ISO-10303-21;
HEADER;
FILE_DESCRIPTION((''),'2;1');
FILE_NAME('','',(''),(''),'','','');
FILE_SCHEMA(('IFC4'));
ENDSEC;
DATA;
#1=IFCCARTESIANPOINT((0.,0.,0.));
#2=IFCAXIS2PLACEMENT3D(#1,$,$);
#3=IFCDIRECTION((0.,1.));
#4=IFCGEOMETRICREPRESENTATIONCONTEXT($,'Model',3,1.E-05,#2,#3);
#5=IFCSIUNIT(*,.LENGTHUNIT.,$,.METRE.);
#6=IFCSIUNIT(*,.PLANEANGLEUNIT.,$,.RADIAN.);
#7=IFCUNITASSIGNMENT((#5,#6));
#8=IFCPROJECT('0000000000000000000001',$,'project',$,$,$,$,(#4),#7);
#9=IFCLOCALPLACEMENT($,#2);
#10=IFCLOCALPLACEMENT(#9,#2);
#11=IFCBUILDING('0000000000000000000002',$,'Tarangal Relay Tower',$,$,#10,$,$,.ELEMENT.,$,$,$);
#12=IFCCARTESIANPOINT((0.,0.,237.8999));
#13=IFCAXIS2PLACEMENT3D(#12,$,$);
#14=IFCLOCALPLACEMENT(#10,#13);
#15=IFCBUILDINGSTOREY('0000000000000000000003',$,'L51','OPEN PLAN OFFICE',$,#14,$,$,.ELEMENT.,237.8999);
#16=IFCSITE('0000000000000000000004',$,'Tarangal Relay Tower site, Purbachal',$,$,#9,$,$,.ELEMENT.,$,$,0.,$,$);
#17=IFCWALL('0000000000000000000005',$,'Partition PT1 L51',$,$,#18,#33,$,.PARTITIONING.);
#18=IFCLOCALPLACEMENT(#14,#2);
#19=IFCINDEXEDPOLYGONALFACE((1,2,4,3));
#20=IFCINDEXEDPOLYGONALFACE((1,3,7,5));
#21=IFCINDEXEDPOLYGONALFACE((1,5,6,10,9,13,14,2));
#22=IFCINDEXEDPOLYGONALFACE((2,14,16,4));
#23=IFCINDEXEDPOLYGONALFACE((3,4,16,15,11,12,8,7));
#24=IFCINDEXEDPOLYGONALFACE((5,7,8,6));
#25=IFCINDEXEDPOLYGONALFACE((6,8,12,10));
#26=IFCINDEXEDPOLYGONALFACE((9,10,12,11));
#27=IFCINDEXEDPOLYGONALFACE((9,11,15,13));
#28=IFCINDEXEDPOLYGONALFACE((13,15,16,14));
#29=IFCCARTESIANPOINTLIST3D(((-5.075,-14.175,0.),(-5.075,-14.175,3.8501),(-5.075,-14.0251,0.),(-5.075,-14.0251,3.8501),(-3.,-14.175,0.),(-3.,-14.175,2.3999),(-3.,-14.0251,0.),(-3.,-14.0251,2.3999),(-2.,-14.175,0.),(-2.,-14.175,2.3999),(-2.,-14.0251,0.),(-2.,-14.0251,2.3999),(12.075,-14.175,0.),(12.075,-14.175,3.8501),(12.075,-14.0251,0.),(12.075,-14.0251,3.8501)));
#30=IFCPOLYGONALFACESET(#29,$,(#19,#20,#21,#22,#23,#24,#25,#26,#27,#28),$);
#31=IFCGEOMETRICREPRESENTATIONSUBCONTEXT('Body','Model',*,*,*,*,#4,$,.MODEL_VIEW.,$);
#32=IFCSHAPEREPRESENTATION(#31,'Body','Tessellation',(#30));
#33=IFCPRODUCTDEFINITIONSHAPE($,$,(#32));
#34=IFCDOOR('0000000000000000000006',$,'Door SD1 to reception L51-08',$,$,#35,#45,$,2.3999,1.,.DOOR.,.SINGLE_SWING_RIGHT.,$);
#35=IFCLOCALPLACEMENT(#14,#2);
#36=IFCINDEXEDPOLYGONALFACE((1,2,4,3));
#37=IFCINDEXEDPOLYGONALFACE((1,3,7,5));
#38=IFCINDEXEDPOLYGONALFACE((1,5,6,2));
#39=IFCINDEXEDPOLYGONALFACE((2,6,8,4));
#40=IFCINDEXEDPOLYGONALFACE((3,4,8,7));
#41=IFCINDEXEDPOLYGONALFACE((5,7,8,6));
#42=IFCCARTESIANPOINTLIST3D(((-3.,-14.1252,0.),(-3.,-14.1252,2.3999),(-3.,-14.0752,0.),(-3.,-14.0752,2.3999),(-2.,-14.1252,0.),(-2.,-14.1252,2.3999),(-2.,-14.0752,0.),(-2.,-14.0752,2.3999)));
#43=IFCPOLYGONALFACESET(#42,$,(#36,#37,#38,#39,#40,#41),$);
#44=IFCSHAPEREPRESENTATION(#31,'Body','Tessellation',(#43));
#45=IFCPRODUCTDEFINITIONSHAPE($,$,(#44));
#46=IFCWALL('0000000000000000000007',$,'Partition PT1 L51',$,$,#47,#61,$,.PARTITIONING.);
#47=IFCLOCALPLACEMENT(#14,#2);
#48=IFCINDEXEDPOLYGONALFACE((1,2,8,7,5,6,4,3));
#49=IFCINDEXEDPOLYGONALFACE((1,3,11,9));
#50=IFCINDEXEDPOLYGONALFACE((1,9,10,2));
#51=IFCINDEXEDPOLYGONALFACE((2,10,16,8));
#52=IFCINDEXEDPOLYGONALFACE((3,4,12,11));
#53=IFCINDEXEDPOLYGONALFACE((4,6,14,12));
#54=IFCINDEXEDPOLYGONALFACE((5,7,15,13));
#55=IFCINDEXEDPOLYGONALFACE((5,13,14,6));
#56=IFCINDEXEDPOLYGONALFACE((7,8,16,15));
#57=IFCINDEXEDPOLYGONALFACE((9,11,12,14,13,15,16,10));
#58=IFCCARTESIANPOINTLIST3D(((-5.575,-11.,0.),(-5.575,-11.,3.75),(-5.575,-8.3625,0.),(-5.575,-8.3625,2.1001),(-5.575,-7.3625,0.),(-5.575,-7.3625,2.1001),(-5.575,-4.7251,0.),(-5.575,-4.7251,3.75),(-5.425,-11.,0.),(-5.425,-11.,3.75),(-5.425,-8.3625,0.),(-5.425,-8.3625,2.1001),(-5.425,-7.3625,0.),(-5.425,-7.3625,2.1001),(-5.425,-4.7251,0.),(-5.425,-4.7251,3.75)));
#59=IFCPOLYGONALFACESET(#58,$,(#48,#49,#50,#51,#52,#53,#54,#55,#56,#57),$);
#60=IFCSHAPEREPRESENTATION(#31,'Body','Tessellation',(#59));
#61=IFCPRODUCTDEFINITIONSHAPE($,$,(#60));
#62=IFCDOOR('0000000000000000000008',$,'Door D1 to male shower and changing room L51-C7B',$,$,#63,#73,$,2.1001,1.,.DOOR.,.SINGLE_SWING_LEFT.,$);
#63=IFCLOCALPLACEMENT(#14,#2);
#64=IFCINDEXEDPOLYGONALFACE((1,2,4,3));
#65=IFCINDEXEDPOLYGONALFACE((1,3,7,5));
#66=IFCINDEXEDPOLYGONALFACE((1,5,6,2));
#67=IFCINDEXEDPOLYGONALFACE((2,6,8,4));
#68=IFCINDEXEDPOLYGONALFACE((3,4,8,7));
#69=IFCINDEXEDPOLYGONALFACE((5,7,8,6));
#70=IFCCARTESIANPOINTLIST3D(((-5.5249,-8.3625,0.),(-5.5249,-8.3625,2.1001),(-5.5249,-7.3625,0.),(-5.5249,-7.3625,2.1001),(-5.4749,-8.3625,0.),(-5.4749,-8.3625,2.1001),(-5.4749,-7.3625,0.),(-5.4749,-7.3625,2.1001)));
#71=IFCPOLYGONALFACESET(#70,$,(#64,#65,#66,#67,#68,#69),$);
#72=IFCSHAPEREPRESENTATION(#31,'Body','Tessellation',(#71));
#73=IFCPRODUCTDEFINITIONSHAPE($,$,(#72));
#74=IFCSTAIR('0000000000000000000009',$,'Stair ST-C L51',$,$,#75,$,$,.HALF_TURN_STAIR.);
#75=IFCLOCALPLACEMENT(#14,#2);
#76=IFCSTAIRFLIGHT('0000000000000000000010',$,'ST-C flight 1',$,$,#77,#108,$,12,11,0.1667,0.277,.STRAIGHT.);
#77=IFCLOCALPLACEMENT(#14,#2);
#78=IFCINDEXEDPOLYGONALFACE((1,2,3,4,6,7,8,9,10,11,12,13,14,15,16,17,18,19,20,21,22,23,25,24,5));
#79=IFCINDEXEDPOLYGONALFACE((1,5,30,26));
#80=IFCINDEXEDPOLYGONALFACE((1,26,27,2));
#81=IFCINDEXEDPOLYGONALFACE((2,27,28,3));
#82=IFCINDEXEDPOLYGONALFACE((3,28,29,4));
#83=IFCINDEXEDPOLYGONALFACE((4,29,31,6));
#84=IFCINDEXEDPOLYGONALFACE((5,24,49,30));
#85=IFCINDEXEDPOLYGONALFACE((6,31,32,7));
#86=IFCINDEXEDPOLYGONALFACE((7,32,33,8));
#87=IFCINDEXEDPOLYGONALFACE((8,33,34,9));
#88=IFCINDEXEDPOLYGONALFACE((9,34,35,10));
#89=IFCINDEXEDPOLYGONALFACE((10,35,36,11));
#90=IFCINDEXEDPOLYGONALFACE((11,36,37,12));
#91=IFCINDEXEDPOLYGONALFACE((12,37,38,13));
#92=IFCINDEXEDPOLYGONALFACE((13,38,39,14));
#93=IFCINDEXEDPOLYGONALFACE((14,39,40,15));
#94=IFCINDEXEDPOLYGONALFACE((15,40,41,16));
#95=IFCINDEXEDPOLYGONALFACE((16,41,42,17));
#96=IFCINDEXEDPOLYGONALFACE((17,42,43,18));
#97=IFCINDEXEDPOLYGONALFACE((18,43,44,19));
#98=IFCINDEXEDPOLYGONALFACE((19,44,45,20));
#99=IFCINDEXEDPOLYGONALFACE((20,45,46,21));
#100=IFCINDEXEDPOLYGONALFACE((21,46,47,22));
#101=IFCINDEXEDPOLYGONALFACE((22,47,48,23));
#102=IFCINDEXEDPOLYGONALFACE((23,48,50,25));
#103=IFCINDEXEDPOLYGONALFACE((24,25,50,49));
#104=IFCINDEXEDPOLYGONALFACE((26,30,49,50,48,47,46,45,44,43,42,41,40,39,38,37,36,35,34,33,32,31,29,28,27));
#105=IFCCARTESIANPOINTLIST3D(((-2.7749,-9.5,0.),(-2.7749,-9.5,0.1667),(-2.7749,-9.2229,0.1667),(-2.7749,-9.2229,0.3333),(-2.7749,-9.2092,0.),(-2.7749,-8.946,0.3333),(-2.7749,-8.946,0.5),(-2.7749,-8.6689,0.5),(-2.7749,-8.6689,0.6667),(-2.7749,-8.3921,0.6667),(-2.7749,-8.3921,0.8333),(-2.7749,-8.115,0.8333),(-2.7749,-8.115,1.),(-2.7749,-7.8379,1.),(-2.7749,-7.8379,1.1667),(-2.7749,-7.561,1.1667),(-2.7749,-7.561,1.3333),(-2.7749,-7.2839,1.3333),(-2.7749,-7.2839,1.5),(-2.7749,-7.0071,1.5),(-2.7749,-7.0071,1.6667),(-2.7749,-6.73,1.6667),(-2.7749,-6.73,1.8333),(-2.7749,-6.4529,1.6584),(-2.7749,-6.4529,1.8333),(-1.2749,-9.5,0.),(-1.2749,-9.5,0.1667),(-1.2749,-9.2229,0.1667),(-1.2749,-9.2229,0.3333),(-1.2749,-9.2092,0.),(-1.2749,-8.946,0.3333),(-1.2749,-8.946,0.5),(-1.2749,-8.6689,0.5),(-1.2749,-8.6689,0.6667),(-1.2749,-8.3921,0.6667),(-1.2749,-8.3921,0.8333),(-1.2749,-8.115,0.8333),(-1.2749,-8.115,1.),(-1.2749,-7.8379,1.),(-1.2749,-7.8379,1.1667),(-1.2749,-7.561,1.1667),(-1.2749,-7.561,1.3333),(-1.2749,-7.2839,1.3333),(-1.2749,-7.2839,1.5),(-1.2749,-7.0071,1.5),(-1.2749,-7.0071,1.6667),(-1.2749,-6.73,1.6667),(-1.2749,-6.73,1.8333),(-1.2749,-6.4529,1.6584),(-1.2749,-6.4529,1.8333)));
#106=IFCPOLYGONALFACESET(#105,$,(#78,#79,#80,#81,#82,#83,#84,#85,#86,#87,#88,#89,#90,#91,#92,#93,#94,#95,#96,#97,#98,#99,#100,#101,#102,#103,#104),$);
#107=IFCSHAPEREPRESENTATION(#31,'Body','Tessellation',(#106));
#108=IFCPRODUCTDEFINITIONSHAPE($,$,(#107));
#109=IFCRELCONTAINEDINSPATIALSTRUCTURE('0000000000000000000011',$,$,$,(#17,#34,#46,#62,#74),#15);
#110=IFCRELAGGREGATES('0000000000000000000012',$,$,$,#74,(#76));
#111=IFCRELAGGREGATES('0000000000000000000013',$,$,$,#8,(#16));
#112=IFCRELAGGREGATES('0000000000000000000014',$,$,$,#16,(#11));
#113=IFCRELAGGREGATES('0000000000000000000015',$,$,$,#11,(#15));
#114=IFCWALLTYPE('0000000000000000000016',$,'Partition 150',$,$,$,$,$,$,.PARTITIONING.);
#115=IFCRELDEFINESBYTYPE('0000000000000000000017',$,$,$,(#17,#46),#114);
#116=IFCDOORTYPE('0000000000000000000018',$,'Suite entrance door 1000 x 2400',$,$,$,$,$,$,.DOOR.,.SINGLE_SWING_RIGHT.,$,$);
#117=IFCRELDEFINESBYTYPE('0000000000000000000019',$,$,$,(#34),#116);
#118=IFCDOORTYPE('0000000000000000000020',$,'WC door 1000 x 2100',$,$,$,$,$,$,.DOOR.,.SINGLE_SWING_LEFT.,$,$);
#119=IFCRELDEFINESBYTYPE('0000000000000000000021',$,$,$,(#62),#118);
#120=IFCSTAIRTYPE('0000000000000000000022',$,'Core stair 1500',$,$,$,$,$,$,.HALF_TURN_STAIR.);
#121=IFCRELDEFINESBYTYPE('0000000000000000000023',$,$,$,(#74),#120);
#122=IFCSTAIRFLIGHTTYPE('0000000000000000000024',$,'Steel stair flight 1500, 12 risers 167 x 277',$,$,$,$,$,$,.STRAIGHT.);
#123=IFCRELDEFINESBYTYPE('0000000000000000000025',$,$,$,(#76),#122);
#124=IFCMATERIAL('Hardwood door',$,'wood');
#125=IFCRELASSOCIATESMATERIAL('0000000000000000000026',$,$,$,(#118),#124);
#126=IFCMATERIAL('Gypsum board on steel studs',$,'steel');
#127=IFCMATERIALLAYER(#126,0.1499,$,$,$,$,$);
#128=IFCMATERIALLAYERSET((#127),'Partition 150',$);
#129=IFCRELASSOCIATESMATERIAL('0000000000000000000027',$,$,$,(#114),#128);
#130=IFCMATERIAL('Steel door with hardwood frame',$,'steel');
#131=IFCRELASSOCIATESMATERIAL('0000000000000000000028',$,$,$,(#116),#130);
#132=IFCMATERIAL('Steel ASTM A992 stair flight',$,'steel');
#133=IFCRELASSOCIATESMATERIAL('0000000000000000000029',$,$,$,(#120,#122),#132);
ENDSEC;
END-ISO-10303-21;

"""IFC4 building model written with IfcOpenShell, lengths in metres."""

from ifc_helpers import new_model, si_unit, direction, frame, frame_2d, origin, place, context, subcontext, project, spatial, polyline, rectangle, outline, extrude, material, layer, layer_set, type_object, element, fill, aggregate, save


model = new_model("IFC4")

# Units and contexts
model_context = context("Model", 3, precision=1e-05, world=origin(), true_north=direction((0.0, 1.0)))
body_context = subcontext(model_context, "Body", "Model", "MODEL_VIEW")
ifc_project = project(units=[si_unit("LENGTHUNIT", "METRE"), si_unit("PLANEANGLEUNIT", "RADIAN")], contexts=[model_context])

# Site, building, storey
site_placement = place(None, origin())
site = spatial("IfcSite", under=ifc_project, at=site_placement, Name="Tarangal Relay Tower site, Purbachal", CompositionType="ELEMENT", RefElevation=0.0)
building_placement = place(site_placement, origin())
building = spatial("IfcBuilding", under=site, at=building_placement, Name="Tarangal Relay Tower", CompositionType="ELEMENT")
storey_placement = place(building_placement, frame((0.0, 0.0, 237.8999)))
storey = spatial("IfcBuildingStorey", under=building, at=storey_placement, Name="L51", Description="OPEN PLAN OFFICE", CompositionType="ELEMENT", Elevation=237.8999)

# Shared definitions
ifc_material_1 = material(Name="Hardwood door", Category="wood")
door_type_1 = type_object("IfcDoorType", Name="WC door 1000 x 2100", OperationType="SINGLE_SWING_LEFT", PredefinedType="DOOR", material=ifc_material_1)

# Walls, openings, doors
ifc_material_2 = material(Name="Steel door with hardwood frame", Category="steel")
ifc_material_3 = material(Name="Gypsum board on steel studs", Category="steel")
ifc_layer_1 = layer(ifc_material_3, 0.1499)
ifc_layer_set_1 = layer_set([ifc_layer_1], Name="Partition 150")
wall_type_1 = type_object("IfcWallType", Name="Partition 150", PredefinedType="PARTITIONING", material=ifc_layer_set_1)
wall_1_placement = place(storey_placement, frame((-5.075, -14.1001, 0.0), z_axis=(0.0, 0.0, 1.0), x_axis=(1.0, 0.0, 0.0)))
wall_1 = element("IfcWall", 1, at=wall_1_placement, inside=storey, type_object=wall_type_1, Name="Partition PT1 L51", PredefinedType="PARTITIONING", context=body_context, shape_type="SweptSolid", body=[
    extrude(rectangle(XDim=17.1499, YDim=0.1499, at=frame_2d((8.575, 0.0))), origin(), (0.0, 0.0, 1.0), 3.8501),
])
opening_1_placement = place(wall_1_placement, frame((2.075, 0.0, 0.0)))
opening_1 = element("IfcOpeningElement", 2, at=opening_1_placement, cuts=wall_1, PredefinedType="OPENING", context=body_context, shape_type="SweptSolid", body=[
    extrude(rectangle(XDim=1.0, YDim=2.3999, at=frame_2d((0.5, 1.2))), frame((0.0, 0.085, 0.0), z_axis=(0.0, -1.0, 0.0), x_axis=(1.0, 0.0, 0.0)), (0.0, 0.0, 1.0), 0.1699),
])
door_type_2 = type_object("IfcDoorType", Name="Suite entrance door 1000 x 2400", OperationType="SINGLE_SWING_RIGHT", PredefinedType="DOOR", material=ifc_material_2)
door_1_placement = place(opening_1_placement, origin())
door_1 = element("IfcDoor", 3, at=door_1_placement, inside=storey, type_object=door_type_2, Name="Door SD1 to reception L51-08", OperationType="SINGLE_SWING_RIGHT", OverallHeight=2.3999, OverallWidth=1.0, PredefinedType="DOOR", context=body_context, shape_type="SweptSolid", body=[
    extrude(rectangle(XDim=1.0, YDim=2.3999, at=frame_2d((0.5, 1.2))), frame((0.0, 0.0249, 0.0), z_axis=(0.0, -1.0, 0.0), x_axis=(1.0, 0.0, 0.0)), (0.0, 0.0, 1.0), 0.05),
])
fill(opening_1, door_1)
wall_2_placement = place(storey_placement, frame((-5.5, -11.0, 0.0), z_axis=(0.0, 0.0, 1.0), x_axis=(0.0, 1.0, 0.0)))
wall_2 = element("IfcWall", 4, at=wall_2_placement, inside=storey, type_object=wall_type_1, Name="Partition PT1 L51", PredefinedType="PARTITIONING", context=body_context, shape_type="SweptSolid", body=[
    extrude(rectangle(XDim=6.2749, YDim=0.1499, at=frame_2d((3.1375, 0.0))), origin(), (0.0, 0.0, 1.0), 3.75),
])
opening_2_placement = place(wall_2_placement, frame((2.6375, 0.0, 0.0)))
opening_2 = element("IfcOpeningElement", 5, at=opening_2_placement, cuts=wall_2, PredefinedType="OPENING", context=body_context, shape_type="SweptSolid", body=[
    extrude(rectangle(XDim=1.0, YDim=2.1001, at=frame_2d((0.5, 1.05))), frame((0.0, 0.085, 0.0), z_axis=(0.0, -1.0, 0.0), x_axis=(1.0, 0.0, 0.0)), (0.0, 0.0, 1.0), 0.1699),
])
door_2_placement = place(opening_2_placement, origin())
door_2 = element("IfcDoor", 6, at=door_2_placement, inside=storey, type_object=door_type_1, Name="Door D1 to male shower and changing room L51-C7B", OperationType="SINGLE_SWING_LEFT", OverallHeight=2.1001, OverallWidth=1.0, PredefinedType="DOOR", context=body_context, shape_type="SweptSolid", body=[
    extrude(rectangle(XDim=1.0, YDim=2.1001, at=frame_2d((0.5, 1.05))), frame((0.0, 0.0249, 0.0), z_axis=(0.0, -1.0, 0.0), x_axis=(1.0, 0.0, 0.0)), (0.0, 0.0, 1.0), 0.05),
])
fill(opening_2, door_2)

# Stair, stair flight
ifc_material_4 = material(Name="Steel ASTM A992 stair flight", Category="steel")
stair_type = type_object("IfcStairType", Name="Core stair 1500", PredefinedType="HALF_TURN_STAIR", material=ifc_material_4)
stair_placement = place(storey_placement, origin())
stair = element("IfcStair", 7, at=stair_placement, inside=storey, type_object=stair_type, Name="Stair ST-C L51", PredefinedType="HALF_TURN_STAIR")
stair_flight_type = type_object("IfcStairFlightType", Name="Steel stair flight 1500, 12 risers 167 x 277", PredefinedType="STRAIGHT", material=ifc_material_4)
stair_flight_placement = place(storey_placement, frame((-2.0249, -9.5, 0.0), z_axis=(0.0, 0.0, 1.0), x_axis=(0.0, 1.0, 0.0)))
stair_flight = element("IfcStairFlight", 8, at=stair_flight_placement, type_object=stair_flight_type, Name="ST-C flight 1", NumberOfRisers=12, NumberOfTreads=11, PredefinedType="STRAIGHT", RiserHeight=0.1667, TreadLength=0.277, context=body_context, shape_type="SweptSolid", body=[
    extrude(outline(polyline([(0.0, 0.0), (0.0, 0.1667), (0.2771, 0.1667), (0.2771, 0.3333), (0.554, 0.3333), (0.554, 0.5), (0.8311, 0.5), (0.8311, 0.6667), (1.1079, 0.6667), (1.1079, 0.8333), (1.385, 0.8333), (1.385, 1.0), (1.6621, 1.0), (1.6621, 1.1667), (1.939, 1.1667), (1.939, 1.3333), (2.2161, 1.3333), (2.2161, 1.5), (2.4929, 1.5), (2.4929, 1.6667), (2.77, 1.6667), (2.77, 1.8333), (3.0471, 1.8333), (3.0471, 2.0), (3.0471, 1.6584), (0.2908, 0.0), (0.0, 0.0)])), frame((0.0, 0.75, 0.0), z_axis=(0.0, -1.0, 0.0), x_axis=(1.0, 0.0, 0.0)), (0.0, 0.0, 1.0), 1.5),
])
aggregate(stair, [stair_flight])

save(model, "model.ifc")
